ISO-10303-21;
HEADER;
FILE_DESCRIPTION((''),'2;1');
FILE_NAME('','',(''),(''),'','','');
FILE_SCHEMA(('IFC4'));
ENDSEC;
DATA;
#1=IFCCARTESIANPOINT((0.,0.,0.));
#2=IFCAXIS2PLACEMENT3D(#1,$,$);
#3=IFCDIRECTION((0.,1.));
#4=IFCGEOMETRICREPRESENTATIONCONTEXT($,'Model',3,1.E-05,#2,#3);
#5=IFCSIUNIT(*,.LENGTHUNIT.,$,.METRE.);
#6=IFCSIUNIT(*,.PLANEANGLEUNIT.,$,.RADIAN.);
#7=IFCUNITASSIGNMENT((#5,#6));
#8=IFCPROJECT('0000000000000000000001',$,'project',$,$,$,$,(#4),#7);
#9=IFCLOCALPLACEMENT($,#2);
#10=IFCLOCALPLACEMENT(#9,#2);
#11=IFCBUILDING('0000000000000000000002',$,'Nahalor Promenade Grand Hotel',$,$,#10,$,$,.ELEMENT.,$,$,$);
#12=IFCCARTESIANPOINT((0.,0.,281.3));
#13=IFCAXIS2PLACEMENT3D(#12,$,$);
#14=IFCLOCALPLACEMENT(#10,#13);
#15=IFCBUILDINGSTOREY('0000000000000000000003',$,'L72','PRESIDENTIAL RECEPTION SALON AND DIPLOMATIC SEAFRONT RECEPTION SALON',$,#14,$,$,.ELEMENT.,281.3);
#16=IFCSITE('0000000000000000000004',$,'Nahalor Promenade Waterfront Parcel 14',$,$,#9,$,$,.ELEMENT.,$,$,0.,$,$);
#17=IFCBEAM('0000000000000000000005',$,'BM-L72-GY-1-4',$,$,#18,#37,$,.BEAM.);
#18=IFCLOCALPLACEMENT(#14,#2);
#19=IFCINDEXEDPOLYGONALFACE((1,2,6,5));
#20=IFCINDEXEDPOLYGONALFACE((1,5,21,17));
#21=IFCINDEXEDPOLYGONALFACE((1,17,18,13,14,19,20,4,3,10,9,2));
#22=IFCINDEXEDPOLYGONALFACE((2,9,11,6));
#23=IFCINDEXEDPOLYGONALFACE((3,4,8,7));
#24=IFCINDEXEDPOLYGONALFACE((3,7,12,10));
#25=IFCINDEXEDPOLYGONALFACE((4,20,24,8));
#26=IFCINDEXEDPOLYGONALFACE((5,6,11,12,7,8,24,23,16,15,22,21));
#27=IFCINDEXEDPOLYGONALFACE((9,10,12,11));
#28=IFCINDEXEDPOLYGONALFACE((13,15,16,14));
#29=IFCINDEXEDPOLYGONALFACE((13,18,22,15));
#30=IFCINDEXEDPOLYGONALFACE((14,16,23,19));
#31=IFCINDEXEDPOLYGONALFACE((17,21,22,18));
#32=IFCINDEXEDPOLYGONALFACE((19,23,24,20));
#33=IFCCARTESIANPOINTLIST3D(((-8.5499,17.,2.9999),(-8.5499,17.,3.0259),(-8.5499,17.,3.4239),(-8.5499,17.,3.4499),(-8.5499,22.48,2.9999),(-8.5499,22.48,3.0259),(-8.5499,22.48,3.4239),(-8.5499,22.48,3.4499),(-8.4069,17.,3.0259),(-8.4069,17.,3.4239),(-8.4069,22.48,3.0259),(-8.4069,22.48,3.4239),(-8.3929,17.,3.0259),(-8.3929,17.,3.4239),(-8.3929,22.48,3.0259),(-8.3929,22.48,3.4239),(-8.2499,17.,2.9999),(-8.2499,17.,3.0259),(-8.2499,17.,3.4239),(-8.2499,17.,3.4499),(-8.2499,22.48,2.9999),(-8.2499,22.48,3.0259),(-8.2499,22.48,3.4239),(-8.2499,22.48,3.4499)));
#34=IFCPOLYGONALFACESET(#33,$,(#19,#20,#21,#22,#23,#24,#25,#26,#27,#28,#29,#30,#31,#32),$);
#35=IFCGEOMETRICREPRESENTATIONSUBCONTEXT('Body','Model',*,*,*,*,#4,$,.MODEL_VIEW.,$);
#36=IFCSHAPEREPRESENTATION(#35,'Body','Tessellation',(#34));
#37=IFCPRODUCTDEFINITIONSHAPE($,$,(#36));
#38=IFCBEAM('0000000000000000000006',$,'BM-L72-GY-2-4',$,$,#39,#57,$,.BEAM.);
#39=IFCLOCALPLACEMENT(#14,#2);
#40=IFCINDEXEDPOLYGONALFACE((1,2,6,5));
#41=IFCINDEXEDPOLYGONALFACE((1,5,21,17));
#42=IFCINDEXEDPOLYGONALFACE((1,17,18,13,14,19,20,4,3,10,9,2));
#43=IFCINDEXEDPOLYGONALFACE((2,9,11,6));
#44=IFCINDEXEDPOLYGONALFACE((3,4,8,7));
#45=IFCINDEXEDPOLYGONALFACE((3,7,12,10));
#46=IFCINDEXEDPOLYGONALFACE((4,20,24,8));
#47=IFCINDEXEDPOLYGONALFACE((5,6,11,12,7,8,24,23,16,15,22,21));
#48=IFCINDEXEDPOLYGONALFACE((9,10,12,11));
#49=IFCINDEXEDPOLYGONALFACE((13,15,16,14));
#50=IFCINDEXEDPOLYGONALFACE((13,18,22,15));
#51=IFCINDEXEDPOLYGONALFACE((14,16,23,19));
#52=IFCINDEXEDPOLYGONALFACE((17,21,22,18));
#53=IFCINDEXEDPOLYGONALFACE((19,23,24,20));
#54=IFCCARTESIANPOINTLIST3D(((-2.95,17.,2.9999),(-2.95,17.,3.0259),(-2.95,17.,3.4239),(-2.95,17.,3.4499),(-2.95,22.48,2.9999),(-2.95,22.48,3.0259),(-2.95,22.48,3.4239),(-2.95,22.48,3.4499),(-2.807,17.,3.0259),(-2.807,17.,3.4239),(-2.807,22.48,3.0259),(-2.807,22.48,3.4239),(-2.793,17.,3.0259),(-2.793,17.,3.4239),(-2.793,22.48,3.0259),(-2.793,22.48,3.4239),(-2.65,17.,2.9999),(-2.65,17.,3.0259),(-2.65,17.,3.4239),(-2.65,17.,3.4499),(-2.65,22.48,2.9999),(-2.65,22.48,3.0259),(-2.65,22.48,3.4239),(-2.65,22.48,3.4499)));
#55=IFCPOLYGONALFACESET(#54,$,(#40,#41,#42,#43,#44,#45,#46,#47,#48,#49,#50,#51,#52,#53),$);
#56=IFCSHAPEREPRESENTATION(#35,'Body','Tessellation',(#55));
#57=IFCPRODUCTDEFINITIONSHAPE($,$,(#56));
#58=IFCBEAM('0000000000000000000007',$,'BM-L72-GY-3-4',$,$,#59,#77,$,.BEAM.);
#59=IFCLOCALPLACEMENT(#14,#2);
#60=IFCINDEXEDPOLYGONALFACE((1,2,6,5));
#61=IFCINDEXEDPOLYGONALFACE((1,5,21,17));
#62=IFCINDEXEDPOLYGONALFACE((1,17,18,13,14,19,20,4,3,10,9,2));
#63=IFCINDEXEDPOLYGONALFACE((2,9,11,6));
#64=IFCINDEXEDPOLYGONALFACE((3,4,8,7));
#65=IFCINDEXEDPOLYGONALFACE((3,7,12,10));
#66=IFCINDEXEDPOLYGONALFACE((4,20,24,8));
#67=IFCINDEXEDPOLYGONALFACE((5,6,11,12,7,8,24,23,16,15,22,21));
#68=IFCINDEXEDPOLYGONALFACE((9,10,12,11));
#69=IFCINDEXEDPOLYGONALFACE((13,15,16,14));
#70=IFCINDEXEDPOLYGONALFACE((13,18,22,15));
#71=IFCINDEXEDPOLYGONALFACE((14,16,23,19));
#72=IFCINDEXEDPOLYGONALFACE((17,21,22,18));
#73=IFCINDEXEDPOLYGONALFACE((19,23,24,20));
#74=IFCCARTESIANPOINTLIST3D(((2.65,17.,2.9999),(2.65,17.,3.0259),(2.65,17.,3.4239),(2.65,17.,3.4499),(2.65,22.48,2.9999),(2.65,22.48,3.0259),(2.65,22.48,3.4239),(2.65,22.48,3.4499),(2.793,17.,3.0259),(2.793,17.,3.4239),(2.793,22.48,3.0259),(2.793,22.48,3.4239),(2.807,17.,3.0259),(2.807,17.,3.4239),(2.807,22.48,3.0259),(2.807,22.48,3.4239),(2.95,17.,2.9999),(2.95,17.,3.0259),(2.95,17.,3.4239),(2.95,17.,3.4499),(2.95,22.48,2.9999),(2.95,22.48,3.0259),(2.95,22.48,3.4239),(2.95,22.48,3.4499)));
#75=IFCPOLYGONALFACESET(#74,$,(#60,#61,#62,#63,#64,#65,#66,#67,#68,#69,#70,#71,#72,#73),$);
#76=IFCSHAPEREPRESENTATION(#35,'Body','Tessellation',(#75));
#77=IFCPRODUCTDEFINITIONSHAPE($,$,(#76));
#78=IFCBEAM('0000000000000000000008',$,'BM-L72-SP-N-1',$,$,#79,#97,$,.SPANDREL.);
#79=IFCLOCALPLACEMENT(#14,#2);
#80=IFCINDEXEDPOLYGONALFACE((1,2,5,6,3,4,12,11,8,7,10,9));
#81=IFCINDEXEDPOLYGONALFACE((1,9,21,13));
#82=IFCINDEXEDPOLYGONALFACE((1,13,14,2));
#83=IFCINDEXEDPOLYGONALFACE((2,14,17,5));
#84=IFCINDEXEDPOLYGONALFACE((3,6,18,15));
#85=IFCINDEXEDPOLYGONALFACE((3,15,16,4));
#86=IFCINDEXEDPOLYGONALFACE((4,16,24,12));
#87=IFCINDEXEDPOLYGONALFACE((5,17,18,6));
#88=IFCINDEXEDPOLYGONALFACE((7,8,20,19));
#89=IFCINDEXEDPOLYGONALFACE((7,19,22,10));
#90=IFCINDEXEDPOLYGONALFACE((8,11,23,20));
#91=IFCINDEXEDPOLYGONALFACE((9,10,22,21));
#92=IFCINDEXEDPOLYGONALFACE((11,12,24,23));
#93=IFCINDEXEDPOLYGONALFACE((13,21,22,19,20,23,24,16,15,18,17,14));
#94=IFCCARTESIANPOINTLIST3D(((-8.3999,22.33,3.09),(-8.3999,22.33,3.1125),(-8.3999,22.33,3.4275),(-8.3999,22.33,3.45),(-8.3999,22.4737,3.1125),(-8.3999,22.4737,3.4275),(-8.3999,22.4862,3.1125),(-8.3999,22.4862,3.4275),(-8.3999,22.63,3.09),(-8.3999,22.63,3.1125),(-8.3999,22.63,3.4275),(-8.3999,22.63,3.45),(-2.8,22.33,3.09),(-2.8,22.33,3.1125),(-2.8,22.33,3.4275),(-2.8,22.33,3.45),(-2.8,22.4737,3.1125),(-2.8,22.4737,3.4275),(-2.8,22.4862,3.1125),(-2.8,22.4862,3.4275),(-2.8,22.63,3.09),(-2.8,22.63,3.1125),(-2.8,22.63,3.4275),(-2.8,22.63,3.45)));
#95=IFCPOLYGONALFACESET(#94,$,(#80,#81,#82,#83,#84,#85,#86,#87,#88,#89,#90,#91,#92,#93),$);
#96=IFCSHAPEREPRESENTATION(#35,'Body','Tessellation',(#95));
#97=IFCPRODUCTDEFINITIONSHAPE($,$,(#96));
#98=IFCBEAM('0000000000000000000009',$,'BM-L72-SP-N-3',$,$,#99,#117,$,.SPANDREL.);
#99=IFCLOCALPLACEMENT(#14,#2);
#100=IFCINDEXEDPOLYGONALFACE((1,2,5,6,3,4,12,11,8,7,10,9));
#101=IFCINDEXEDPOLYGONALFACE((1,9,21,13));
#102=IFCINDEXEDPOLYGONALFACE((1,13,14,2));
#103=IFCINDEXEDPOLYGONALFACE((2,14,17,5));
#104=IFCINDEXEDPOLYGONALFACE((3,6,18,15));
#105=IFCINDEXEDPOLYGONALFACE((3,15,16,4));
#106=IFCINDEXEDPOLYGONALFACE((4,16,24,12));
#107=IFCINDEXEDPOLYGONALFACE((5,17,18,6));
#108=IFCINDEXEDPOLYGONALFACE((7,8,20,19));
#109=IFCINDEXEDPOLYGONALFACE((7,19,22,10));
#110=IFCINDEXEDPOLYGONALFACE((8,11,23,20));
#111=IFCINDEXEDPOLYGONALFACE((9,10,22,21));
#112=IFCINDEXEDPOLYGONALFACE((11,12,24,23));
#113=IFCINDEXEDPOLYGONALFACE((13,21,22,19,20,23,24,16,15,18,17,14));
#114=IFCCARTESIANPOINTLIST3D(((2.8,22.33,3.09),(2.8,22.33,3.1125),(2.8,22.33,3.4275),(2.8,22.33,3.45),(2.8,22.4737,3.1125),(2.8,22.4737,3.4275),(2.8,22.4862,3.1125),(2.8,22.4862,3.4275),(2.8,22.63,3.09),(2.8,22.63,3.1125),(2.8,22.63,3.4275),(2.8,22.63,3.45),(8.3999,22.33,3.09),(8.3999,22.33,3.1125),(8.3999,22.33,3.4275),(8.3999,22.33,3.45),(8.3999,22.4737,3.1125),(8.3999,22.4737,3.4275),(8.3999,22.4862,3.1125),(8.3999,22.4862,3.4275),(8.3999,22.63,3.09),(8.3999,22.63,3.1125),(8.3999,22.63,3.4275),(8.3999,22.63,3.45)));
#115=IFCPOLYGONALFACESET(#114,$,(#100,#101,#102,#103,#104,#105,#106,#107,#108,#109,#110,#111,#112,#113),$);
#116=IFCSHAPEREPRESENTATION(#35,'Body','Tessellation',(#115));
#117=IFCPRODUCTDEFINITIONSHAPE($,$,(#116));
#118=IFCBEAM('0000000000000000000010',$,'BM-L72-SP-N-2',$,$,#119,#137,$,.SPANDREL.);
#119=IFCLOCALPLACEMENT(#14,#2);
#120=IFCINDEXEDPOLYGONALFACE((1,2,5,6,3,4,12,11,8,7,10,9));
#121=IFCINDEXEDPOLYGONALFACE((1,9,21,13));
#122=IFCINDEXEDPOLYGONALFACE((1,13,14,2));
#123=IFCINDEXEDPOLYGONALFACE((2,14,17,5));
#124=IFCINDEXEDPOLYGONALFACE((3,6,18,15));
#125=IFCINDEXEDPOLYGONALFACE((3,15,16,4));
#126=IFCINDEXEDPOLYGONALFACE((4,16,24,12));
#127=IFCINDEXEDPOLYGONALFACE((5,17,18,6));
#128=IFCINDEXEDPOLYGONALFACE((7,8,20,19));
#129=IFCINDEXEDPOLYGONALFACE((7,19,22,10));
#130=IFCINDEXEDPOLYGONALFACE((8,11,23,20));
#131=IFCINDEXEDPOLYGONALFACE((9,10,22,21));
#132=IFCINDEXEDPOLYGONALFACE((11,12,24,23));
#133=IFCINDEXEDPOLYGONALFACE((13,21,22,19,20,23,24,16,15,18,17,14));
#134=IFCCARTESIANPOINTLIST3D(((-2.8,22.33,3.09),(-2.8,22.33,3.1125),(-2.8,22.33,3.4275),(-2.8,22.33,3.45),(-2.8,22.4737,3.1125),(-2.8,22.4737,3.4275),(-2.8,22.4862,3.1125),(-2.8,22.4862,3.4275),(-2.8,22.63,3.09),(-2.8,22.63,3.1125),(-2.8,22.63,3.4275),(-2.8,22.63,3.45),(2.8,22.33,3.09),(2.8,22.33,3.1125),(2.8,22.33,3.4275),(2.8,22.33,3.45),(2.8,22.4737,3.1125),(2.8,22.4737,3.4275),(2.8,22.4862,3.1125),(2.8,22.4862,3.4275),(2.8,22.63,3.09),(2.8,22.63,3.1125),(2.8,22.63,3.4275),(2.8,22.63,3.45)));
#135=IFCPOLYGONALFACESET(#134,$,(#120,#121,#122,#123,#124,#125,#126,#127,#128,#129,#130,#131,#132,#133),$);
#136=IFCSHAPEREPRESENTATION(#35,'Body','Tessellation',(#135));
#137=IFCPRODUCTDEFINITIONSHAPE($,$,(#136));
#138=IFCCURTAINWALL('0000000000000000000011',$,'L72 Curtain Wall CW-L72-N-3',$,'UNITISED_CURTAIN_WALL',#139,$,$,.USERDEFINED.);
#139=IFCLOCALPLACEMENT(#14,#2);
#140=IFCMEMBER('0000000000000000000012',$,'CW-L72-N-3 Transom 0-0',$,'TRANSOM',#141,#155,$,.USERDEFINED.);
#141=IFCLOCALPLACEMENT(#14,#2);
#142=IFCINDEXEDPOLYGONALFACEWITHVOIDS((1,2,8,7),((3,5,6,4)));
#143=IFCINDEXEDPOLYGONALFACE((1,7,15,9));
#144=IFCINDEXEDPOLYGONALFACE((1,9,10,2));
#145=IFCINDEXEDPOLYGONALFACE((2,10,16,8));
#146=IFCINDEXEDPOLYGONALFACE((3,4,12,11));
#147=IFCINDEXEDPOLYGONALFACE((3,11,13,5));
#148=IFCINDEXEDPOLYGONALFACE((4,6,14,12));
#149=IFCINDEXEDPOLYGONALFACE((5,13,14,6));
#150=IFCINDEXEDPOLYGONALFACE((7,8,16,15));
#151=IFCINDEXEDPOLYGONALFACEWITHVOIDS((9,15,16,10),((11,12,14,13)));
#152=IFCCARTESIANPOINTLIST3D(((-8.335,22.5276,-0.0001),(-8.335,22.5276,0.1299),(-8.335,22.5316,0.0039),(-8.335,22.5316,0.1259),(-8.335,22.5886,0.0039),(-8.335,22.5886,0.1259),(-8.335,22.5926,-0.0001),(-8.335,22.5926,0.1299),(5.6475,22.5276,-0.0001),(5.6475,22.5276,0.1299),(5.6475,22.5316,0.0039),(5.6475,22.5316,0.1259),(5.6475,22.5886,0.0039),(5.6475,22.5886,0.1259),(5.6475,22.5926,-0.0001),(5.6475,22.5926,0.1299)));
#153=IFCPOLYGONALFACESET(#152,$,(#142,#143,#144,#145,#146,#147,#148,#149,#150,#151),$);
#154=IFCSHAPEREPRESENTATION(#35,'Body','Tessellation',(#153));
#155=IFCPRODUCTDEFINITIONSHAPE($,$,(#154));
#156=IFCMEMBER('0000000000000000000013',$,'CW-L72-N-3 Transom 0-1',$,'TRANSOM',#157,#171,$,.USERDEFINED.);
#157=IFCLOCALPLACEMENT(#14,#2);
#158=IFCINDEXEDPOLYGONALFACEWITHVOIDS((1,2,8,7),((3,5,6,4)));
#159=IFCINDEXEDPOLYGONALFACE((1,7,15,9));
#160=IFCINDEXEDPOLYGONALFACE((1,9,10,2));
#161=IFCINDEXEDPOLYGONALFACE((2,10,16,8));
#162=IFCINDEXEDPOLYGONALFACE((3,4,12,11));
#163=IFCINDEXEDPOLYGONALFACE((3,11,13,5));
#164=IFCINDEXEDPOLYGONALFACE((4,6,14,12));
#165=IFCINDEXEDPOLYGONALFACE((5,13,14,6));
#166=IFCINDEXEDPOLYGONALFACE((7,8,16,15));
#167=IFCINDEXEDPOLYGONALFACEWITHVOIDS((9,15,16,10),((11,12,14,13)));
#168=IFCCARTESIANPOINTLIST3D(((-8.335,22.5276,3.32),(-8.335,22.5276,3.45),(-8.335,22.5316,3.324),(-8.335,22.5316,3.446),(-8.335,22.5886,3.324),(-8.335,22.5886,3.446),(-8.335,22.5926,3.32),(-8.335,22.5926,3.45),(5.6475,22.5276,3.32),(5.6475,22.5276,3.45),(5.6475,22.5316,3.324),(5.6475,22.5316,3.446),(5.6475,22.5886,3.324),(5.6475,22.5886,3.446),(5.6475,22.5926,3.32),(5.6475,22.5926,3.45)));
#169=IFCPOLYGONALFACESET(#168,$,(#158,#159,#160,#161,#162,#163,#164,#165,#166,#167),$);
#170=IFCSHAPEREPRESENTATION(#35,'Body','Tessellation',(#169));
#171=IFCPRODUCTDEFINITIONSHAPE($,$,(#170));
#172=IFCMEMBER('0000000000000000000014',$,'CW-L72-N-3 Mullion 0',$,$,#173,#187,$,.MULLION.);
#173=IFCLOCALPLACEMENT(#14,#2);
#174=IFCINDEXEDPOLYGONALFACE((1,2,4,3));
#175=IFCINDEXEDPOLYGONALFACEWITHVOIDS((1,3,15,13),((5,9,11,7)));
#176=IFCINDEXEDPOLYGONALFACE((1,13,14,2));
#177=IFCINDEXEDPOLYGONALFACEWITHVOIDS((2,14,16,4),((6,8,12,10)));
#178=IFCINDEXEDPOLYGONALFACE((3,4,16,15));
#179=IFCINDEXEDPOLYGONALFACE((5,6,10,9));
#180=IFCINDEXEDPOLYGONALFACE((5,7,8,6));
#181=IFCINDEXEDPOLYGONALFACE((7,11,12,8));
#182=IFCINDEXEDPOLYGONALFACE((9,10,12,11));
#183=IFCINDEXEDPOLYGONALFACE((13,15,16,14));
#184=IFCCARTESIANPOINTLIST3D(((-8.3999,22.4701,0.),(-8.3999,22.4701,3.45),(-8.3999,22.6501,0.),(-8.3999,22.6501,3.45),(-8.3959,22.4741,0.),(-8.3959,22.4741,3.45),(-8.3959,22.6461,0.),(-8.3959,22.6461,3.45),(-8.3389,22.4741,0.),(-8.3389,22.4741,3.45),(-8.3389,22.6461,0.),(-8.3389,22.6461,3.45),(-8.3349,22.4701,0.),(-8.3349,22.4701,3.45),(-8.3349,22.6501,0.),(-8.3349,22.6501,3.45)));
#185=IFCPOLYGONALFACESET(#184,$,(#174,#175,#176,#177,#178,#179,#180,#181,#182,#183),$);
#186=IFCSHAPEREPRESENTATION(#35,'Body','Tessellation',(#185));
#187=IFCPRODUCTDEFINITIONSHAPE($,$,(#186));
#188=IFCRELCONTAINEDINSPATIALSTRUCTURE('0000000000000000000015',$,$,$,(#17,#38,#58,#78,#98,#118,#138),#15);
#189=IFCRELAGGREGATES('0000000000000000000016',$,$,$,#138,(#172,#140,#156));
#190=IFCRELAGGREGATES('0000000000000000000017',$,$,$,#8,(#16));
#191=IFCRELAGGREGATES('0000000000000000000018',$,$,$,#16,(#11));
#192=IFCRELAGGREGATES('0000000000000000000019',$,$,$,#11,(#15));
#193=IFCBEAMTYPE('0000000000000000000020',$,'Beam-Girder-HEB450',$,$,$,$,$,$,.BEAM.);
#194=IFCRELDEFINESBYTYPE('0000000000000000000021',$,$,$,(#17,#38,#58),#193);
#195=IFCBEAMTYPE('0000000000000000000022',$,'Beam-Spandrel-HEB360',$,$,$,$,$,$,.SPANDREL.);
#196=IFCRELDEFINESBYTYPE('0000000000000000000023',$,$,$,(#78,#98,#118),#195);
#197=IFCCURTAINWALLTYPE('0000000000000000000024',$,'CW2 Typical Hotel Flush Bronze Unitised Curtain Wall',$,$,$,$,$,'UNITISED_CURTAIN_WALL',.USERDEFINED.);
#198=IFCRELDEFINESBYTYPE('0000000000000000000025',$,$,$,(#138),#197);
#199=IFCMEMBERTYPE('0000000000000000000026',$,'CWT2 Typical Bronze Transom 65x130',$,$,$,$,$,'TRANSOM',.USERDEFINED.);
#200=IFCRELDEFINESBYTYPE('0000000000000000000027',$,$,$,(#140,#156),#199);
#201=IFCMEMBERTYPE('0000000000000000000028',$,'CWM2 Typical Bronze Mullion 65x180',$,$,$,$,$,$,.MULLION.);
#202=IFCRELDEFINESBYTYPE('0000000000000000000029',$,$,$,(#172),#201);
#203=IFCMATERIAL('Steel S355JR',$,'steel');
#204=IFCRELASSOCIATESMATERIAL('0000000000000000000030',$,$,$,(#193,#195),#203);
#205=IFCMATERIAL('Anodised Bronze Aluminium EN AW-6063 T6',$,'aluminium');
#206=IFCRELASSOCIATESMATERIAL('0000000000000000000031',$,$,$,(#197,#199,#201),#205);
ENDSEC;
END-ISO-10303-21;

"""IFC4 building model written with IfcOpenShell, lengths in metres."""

from ifc_helpers import new_model, si_unit, direction, frame, origin, origin_2d, place, context, subcontext, project, spatial, hollow_rectangle, i_section, extrude, source, transform, mapped, material, material_profile, profile_set, type_object, element, aggregate, save


model = new_model("IFC4")

# Units and contexts
model_context = context("Model", 3, precision=1e-05, world=origin(), true_north=direction((0.0, 1.0)))
body_context = subcontext(model_context, "Body", "Model", "MODEL_VIEW")
ifc_project = project(units=[si_unit("LENGTHUNIT", "METRE"), si_unit("PLANEANGLEUNIT", "RADIAN")], contexts=[model_context])

# Site, building, storey
site_placement = place(None, origin())
site = spatial("IfcSite", under=ifc_project, at=site_placement, Name="Nahalor Promenade Waterfront Parcel 14", CompositionType="ELEMENT", RefElevation=0.0)
building_placement = place(site_placement, origin())
building = spatial("IfcBuilding", under=site, at=building_placement, Name="Nahalor Promenade Grand Hotel", CompositionType="ELEMENT")
storey_placement = place(building_placement, frame((0.0, 0.0, 281.3)))
storey = spatial("IfcBuildingStorey", under=building, at=storey_placement, Name="L72", Description="PRESIDENTIAL RECEPTION SALON AND DIPLOMATIC SEAFRONT RECEPTION SALON", CompositionType="ELEMENT", Elevation=281.3)

# Shared definitions
ifc_material_1 = material(Name="Steel S355JR", Category="steel")

# Beams
ifc_material_profile_1 = material_profile(ifc_material_1, i_section(OverallWidth=0.3, OverallDepth=0.45, WebThickness=0.014, FlangeThickness=0.026, at=origin_2d()), Name="HEB 450")
ifc_profile_set_1 = profile_set([ifc_material_profile_1], Name="Steel S355JR")
beam_type_1 = type_object("IfcBeamType", Name="Beam-Girder-HEB450", PredefinedType="BEAM", material=ifc_profile_set_1)
shared_shape_1 = source(origin(), body_context, "Body", "SweptSolid", [
    extrude(i_section(OverallWidth=0.3, OverallDepth=0.45, WebThickness=0.014, FlangeThickness=0.026, at=origin_2d()), origin(), (0.0, 0.0, 1.0), 5.48),
])
for number, where, z_axis, x_axis, name in (
    (1, (-8.3999, 17.0, 3.2249), (0.0, 1.0, 0.0), (-1.0, 0.0, 0.0), "BM-L72-GY-1-4"),
    (2, (-2.8, 17.0, 3.2249), (0.0, 1.0, 0.0), (-1.0, 0.0, 0.0), "BM-L72-GY-2-4"),
    (3, (2.8, 17.0, 3.2249), (0.0, 1.0, 0.0), (-1.0, 0.0, 0.0), "BM-L72-GY-3-4"),
):
    element("IfcBeam", number, at=place(storey_placement, frame(where, z_axis=z_axis, x_axis=x_axis)), inside=storey, type_object=beam_type_1, Name=name, PredefinedType="BEAM", context=body_context, shape_type="MappedRepresentation", body=[
        mapped(shared_shape_1, transform((0.0, 0.0, 0.0), scale=1.0)),
    ])
ifc_material_profile_2 = material_profile(ifc_material_1, i_section(OverallWidth=0.3, OverallDepth=0.36, WebThickness=0.0125, FlangeThickness=0.0225, at=origin_2d()), Name="HEB 360")
ifc_profile_set_2 = profile_set([ifc_material_profile_2], Name="Steel S355JR")
beam_type_2 = type_object("IfcBeamType", Name="Beam-Spandrel-HEB360", PredefinedType="SPANDREL", material=ifc_profile_set_2)
shared_shape_2 = source(origin(), body_context, "Body", "SweptSolid", [
    extrude(i_section(OverallWidth=0.3, OverallDepth=0.36, WebThickness=0.0125, FlangeThickness=0.0225, at=origin_2d()), origin(), (0.0, 0.0, 1.0), 5.5999),
])
for number, where, z_axis, x_axis, name in (
    (4, (-8.3999, 22.48, 3.27), (1.0, 0.0, 0.0), (0.0, 1.0, 0.0), "BM-L72-SP-N-1"),
    (5, (2.8, 22.48, 3.27), (1.0, 0.0, 0.0), (0.0, 1.0, 0.0), "BM-L72-SP-N-3"),
):
    element("IfcBeam", number, at=place(storey_placement, frame(where, z_axis=z_axis, x_axis=x_axis)), inside=storey, type_object=beam_type_2, Name=name, PredefinedType="SPANDREL", context=body_context, shape_type="MappedRepresentation", body=[
        mapped(shared_shape_2, transform((0.0, 0.0, 0.0), scale=1.0)),
    ])
shared_shape_3 = source(origin(), body_context, "Body", "SweptSolid", [
    extrude(i_section(OverallWidth=0.3, OverallDepth=0.36, WebThickness=0.0125, FlangeThickness=0.0225, at=origin_2d()), origin(), (0.0, 0.0, 1.0), 5.6001),
])
beam_1_placement = place(storey_placement, frame((-2.8, 22.48, 3.27), z_axis=(1.0, 0.0, 0.0), x_axis=(0.0, 1.0, 0.0)))
element("IfcBeam", 6, at=beam_1_placement, inside=storey, type_object=beam_type_2, Name="BM-L72-SP-N-2", PredefinedType="SPANDREL", context=body_context, shape_type="MappedRepresentation", body=[
    mapped(shared_shape_3, transform((0.0, 0.0, 0.0), scale=1.0)),
])

# Curtain wall, members
ifc_material_2 = material(Name="Anodised Bronze Aluminium EN AW-6063 T6", Category="aluminium")
curtain_wall_type = type_object("IfcCurtainWallType", Name="CW2 Typical Hotel Flush Bronze Unitised Curtain Wall", ElementType="UNITISED_CURTAIN_WALL", PredefinedType="USERDEFINED", material=ifc_material_2)
curtain_wall_placement = place(storey_placement, origin())
curtain_wall = element("IfcCurtainWall", 7, at=curtain_wall_placement, inside=storey, type_object=curtain_wall_type, Name="L72 Curtain Wall CW-L72-N-3", ObjectType="UNITISED_CURTAIN_WALL", PredefinedType="USERDEFINED")
ifc_material_profile_3 = material_profile(ifc_material_2, hollow_rectangle(XDim=0.065, YDim=0.13, WallThickness=0.004, at=origin_2d()), Name="CWT 65x130x4")
ifc_profile_set_3 = profile_set([ifc_material_profile_3], Name="Anodised Bronze Aluminium EN AW-6063 T6")
member_type_1 = type_object("IfcMemberType", Name="CWT2 Typical Bronze Transom 65x130", ElementType="TRANSOM", PredefinedType="USERDEFINED", material=ifc_profile_set_3)
shared_shape_4 = source(origin(), body_context, "Body", "SweptSolid", [
    extrude(hollow_rectangle(XDim=0.065, YDim=0.13, WallThickness=0.004, at=origin_2d()), origin(), (0.0, 0.0, 1.0), 13.9824),
])
member_1_placement = place(storey_placement, frame((-8.335, 22.5601, 0.0649), z_axis=(1.0, 0.0, 0.0), x_axis=(0.0, 1.0, 0.0)))
member_1 = element("IfcMember", 8, at=member_1_placement, type_object=member_type_1, Name="CW-L72-N-3 Transom 0-0", ObjectType="TRANSOM", PredefinedType="USERDEFINED", context=body_context, shape_type="MappedRepresentation", body=[
    mapped(shared_shape_4, transform((0.0, 0.0, 0.0), scale=1.0)),
])
member_2_placement = place(storey_placement, frame((-8.335, 22.5601, 3.385), z_axis=(1.0, 0.0, 0.0), x_axis=(0.0, 1.0, 0.0)))
member_2 = element("IfcMember", 9, at=member_2_placement, type_object=member_type_1, Name="CW-L72-N-3 Transom 0-1", ObjectType="TRANSOM", PredefinedType="USERDEFINED", context=body_context, shape_type="MappedRepresentation", body=[
    mapped(shared_shape_4, transform((0.0, 0.0, 0.0), scale=1.0)),
])
ifc_material_profile_4 = material_profile(ifc_material_2, hollow_rectangle(XDim=0.065, YDim=0.18, WallThickness=0.004, at=origin_2d()), Name="CWM 65x180x4")
ifc_profile_set_4 = profile_set([ifc_material_profile_4], Name="Anodised Bronze Aluminium EN AW-6063 T6")
member_type_2 = type_object("IfcMemberType", Name="CWM2 Typical Bronze Mullion 65x180", PredefinedType="MULLION", material=ifc_profile_set_4)
shared_shape_5 = source(origin(), body_context, "Body", "SweptSolid", [
    extrude(hollow_rectangle(XDim=0.065, YDim=0.18, WallThickness=0.004, at=origin_2d()), origin(), (0.0, 0.0, 1.0), 3.45),
])
member_3_placement = place(storey_placement, frame((-8.3674, 22.5601, 0.0), z_axis=(0.0, 0.0, 1.0), x_axis=(1.0, 0.0, 0.0)))
member_3 = element("IfcMember", 10, at=member_3_placement, type_object=member_type_2, Name="CW-L72-N-3 Mullion 0", PredefinedType="MULLION", context=body_context, shape_type="MappedRepresentation", body=[
    mapped(shared_shape_5, transform((0.0, 0.0, 0.0), scale=1.0)),
])
aggregate(curtain_wall, [member_3, member_1, member_2])

save(model, "model.ifc")
